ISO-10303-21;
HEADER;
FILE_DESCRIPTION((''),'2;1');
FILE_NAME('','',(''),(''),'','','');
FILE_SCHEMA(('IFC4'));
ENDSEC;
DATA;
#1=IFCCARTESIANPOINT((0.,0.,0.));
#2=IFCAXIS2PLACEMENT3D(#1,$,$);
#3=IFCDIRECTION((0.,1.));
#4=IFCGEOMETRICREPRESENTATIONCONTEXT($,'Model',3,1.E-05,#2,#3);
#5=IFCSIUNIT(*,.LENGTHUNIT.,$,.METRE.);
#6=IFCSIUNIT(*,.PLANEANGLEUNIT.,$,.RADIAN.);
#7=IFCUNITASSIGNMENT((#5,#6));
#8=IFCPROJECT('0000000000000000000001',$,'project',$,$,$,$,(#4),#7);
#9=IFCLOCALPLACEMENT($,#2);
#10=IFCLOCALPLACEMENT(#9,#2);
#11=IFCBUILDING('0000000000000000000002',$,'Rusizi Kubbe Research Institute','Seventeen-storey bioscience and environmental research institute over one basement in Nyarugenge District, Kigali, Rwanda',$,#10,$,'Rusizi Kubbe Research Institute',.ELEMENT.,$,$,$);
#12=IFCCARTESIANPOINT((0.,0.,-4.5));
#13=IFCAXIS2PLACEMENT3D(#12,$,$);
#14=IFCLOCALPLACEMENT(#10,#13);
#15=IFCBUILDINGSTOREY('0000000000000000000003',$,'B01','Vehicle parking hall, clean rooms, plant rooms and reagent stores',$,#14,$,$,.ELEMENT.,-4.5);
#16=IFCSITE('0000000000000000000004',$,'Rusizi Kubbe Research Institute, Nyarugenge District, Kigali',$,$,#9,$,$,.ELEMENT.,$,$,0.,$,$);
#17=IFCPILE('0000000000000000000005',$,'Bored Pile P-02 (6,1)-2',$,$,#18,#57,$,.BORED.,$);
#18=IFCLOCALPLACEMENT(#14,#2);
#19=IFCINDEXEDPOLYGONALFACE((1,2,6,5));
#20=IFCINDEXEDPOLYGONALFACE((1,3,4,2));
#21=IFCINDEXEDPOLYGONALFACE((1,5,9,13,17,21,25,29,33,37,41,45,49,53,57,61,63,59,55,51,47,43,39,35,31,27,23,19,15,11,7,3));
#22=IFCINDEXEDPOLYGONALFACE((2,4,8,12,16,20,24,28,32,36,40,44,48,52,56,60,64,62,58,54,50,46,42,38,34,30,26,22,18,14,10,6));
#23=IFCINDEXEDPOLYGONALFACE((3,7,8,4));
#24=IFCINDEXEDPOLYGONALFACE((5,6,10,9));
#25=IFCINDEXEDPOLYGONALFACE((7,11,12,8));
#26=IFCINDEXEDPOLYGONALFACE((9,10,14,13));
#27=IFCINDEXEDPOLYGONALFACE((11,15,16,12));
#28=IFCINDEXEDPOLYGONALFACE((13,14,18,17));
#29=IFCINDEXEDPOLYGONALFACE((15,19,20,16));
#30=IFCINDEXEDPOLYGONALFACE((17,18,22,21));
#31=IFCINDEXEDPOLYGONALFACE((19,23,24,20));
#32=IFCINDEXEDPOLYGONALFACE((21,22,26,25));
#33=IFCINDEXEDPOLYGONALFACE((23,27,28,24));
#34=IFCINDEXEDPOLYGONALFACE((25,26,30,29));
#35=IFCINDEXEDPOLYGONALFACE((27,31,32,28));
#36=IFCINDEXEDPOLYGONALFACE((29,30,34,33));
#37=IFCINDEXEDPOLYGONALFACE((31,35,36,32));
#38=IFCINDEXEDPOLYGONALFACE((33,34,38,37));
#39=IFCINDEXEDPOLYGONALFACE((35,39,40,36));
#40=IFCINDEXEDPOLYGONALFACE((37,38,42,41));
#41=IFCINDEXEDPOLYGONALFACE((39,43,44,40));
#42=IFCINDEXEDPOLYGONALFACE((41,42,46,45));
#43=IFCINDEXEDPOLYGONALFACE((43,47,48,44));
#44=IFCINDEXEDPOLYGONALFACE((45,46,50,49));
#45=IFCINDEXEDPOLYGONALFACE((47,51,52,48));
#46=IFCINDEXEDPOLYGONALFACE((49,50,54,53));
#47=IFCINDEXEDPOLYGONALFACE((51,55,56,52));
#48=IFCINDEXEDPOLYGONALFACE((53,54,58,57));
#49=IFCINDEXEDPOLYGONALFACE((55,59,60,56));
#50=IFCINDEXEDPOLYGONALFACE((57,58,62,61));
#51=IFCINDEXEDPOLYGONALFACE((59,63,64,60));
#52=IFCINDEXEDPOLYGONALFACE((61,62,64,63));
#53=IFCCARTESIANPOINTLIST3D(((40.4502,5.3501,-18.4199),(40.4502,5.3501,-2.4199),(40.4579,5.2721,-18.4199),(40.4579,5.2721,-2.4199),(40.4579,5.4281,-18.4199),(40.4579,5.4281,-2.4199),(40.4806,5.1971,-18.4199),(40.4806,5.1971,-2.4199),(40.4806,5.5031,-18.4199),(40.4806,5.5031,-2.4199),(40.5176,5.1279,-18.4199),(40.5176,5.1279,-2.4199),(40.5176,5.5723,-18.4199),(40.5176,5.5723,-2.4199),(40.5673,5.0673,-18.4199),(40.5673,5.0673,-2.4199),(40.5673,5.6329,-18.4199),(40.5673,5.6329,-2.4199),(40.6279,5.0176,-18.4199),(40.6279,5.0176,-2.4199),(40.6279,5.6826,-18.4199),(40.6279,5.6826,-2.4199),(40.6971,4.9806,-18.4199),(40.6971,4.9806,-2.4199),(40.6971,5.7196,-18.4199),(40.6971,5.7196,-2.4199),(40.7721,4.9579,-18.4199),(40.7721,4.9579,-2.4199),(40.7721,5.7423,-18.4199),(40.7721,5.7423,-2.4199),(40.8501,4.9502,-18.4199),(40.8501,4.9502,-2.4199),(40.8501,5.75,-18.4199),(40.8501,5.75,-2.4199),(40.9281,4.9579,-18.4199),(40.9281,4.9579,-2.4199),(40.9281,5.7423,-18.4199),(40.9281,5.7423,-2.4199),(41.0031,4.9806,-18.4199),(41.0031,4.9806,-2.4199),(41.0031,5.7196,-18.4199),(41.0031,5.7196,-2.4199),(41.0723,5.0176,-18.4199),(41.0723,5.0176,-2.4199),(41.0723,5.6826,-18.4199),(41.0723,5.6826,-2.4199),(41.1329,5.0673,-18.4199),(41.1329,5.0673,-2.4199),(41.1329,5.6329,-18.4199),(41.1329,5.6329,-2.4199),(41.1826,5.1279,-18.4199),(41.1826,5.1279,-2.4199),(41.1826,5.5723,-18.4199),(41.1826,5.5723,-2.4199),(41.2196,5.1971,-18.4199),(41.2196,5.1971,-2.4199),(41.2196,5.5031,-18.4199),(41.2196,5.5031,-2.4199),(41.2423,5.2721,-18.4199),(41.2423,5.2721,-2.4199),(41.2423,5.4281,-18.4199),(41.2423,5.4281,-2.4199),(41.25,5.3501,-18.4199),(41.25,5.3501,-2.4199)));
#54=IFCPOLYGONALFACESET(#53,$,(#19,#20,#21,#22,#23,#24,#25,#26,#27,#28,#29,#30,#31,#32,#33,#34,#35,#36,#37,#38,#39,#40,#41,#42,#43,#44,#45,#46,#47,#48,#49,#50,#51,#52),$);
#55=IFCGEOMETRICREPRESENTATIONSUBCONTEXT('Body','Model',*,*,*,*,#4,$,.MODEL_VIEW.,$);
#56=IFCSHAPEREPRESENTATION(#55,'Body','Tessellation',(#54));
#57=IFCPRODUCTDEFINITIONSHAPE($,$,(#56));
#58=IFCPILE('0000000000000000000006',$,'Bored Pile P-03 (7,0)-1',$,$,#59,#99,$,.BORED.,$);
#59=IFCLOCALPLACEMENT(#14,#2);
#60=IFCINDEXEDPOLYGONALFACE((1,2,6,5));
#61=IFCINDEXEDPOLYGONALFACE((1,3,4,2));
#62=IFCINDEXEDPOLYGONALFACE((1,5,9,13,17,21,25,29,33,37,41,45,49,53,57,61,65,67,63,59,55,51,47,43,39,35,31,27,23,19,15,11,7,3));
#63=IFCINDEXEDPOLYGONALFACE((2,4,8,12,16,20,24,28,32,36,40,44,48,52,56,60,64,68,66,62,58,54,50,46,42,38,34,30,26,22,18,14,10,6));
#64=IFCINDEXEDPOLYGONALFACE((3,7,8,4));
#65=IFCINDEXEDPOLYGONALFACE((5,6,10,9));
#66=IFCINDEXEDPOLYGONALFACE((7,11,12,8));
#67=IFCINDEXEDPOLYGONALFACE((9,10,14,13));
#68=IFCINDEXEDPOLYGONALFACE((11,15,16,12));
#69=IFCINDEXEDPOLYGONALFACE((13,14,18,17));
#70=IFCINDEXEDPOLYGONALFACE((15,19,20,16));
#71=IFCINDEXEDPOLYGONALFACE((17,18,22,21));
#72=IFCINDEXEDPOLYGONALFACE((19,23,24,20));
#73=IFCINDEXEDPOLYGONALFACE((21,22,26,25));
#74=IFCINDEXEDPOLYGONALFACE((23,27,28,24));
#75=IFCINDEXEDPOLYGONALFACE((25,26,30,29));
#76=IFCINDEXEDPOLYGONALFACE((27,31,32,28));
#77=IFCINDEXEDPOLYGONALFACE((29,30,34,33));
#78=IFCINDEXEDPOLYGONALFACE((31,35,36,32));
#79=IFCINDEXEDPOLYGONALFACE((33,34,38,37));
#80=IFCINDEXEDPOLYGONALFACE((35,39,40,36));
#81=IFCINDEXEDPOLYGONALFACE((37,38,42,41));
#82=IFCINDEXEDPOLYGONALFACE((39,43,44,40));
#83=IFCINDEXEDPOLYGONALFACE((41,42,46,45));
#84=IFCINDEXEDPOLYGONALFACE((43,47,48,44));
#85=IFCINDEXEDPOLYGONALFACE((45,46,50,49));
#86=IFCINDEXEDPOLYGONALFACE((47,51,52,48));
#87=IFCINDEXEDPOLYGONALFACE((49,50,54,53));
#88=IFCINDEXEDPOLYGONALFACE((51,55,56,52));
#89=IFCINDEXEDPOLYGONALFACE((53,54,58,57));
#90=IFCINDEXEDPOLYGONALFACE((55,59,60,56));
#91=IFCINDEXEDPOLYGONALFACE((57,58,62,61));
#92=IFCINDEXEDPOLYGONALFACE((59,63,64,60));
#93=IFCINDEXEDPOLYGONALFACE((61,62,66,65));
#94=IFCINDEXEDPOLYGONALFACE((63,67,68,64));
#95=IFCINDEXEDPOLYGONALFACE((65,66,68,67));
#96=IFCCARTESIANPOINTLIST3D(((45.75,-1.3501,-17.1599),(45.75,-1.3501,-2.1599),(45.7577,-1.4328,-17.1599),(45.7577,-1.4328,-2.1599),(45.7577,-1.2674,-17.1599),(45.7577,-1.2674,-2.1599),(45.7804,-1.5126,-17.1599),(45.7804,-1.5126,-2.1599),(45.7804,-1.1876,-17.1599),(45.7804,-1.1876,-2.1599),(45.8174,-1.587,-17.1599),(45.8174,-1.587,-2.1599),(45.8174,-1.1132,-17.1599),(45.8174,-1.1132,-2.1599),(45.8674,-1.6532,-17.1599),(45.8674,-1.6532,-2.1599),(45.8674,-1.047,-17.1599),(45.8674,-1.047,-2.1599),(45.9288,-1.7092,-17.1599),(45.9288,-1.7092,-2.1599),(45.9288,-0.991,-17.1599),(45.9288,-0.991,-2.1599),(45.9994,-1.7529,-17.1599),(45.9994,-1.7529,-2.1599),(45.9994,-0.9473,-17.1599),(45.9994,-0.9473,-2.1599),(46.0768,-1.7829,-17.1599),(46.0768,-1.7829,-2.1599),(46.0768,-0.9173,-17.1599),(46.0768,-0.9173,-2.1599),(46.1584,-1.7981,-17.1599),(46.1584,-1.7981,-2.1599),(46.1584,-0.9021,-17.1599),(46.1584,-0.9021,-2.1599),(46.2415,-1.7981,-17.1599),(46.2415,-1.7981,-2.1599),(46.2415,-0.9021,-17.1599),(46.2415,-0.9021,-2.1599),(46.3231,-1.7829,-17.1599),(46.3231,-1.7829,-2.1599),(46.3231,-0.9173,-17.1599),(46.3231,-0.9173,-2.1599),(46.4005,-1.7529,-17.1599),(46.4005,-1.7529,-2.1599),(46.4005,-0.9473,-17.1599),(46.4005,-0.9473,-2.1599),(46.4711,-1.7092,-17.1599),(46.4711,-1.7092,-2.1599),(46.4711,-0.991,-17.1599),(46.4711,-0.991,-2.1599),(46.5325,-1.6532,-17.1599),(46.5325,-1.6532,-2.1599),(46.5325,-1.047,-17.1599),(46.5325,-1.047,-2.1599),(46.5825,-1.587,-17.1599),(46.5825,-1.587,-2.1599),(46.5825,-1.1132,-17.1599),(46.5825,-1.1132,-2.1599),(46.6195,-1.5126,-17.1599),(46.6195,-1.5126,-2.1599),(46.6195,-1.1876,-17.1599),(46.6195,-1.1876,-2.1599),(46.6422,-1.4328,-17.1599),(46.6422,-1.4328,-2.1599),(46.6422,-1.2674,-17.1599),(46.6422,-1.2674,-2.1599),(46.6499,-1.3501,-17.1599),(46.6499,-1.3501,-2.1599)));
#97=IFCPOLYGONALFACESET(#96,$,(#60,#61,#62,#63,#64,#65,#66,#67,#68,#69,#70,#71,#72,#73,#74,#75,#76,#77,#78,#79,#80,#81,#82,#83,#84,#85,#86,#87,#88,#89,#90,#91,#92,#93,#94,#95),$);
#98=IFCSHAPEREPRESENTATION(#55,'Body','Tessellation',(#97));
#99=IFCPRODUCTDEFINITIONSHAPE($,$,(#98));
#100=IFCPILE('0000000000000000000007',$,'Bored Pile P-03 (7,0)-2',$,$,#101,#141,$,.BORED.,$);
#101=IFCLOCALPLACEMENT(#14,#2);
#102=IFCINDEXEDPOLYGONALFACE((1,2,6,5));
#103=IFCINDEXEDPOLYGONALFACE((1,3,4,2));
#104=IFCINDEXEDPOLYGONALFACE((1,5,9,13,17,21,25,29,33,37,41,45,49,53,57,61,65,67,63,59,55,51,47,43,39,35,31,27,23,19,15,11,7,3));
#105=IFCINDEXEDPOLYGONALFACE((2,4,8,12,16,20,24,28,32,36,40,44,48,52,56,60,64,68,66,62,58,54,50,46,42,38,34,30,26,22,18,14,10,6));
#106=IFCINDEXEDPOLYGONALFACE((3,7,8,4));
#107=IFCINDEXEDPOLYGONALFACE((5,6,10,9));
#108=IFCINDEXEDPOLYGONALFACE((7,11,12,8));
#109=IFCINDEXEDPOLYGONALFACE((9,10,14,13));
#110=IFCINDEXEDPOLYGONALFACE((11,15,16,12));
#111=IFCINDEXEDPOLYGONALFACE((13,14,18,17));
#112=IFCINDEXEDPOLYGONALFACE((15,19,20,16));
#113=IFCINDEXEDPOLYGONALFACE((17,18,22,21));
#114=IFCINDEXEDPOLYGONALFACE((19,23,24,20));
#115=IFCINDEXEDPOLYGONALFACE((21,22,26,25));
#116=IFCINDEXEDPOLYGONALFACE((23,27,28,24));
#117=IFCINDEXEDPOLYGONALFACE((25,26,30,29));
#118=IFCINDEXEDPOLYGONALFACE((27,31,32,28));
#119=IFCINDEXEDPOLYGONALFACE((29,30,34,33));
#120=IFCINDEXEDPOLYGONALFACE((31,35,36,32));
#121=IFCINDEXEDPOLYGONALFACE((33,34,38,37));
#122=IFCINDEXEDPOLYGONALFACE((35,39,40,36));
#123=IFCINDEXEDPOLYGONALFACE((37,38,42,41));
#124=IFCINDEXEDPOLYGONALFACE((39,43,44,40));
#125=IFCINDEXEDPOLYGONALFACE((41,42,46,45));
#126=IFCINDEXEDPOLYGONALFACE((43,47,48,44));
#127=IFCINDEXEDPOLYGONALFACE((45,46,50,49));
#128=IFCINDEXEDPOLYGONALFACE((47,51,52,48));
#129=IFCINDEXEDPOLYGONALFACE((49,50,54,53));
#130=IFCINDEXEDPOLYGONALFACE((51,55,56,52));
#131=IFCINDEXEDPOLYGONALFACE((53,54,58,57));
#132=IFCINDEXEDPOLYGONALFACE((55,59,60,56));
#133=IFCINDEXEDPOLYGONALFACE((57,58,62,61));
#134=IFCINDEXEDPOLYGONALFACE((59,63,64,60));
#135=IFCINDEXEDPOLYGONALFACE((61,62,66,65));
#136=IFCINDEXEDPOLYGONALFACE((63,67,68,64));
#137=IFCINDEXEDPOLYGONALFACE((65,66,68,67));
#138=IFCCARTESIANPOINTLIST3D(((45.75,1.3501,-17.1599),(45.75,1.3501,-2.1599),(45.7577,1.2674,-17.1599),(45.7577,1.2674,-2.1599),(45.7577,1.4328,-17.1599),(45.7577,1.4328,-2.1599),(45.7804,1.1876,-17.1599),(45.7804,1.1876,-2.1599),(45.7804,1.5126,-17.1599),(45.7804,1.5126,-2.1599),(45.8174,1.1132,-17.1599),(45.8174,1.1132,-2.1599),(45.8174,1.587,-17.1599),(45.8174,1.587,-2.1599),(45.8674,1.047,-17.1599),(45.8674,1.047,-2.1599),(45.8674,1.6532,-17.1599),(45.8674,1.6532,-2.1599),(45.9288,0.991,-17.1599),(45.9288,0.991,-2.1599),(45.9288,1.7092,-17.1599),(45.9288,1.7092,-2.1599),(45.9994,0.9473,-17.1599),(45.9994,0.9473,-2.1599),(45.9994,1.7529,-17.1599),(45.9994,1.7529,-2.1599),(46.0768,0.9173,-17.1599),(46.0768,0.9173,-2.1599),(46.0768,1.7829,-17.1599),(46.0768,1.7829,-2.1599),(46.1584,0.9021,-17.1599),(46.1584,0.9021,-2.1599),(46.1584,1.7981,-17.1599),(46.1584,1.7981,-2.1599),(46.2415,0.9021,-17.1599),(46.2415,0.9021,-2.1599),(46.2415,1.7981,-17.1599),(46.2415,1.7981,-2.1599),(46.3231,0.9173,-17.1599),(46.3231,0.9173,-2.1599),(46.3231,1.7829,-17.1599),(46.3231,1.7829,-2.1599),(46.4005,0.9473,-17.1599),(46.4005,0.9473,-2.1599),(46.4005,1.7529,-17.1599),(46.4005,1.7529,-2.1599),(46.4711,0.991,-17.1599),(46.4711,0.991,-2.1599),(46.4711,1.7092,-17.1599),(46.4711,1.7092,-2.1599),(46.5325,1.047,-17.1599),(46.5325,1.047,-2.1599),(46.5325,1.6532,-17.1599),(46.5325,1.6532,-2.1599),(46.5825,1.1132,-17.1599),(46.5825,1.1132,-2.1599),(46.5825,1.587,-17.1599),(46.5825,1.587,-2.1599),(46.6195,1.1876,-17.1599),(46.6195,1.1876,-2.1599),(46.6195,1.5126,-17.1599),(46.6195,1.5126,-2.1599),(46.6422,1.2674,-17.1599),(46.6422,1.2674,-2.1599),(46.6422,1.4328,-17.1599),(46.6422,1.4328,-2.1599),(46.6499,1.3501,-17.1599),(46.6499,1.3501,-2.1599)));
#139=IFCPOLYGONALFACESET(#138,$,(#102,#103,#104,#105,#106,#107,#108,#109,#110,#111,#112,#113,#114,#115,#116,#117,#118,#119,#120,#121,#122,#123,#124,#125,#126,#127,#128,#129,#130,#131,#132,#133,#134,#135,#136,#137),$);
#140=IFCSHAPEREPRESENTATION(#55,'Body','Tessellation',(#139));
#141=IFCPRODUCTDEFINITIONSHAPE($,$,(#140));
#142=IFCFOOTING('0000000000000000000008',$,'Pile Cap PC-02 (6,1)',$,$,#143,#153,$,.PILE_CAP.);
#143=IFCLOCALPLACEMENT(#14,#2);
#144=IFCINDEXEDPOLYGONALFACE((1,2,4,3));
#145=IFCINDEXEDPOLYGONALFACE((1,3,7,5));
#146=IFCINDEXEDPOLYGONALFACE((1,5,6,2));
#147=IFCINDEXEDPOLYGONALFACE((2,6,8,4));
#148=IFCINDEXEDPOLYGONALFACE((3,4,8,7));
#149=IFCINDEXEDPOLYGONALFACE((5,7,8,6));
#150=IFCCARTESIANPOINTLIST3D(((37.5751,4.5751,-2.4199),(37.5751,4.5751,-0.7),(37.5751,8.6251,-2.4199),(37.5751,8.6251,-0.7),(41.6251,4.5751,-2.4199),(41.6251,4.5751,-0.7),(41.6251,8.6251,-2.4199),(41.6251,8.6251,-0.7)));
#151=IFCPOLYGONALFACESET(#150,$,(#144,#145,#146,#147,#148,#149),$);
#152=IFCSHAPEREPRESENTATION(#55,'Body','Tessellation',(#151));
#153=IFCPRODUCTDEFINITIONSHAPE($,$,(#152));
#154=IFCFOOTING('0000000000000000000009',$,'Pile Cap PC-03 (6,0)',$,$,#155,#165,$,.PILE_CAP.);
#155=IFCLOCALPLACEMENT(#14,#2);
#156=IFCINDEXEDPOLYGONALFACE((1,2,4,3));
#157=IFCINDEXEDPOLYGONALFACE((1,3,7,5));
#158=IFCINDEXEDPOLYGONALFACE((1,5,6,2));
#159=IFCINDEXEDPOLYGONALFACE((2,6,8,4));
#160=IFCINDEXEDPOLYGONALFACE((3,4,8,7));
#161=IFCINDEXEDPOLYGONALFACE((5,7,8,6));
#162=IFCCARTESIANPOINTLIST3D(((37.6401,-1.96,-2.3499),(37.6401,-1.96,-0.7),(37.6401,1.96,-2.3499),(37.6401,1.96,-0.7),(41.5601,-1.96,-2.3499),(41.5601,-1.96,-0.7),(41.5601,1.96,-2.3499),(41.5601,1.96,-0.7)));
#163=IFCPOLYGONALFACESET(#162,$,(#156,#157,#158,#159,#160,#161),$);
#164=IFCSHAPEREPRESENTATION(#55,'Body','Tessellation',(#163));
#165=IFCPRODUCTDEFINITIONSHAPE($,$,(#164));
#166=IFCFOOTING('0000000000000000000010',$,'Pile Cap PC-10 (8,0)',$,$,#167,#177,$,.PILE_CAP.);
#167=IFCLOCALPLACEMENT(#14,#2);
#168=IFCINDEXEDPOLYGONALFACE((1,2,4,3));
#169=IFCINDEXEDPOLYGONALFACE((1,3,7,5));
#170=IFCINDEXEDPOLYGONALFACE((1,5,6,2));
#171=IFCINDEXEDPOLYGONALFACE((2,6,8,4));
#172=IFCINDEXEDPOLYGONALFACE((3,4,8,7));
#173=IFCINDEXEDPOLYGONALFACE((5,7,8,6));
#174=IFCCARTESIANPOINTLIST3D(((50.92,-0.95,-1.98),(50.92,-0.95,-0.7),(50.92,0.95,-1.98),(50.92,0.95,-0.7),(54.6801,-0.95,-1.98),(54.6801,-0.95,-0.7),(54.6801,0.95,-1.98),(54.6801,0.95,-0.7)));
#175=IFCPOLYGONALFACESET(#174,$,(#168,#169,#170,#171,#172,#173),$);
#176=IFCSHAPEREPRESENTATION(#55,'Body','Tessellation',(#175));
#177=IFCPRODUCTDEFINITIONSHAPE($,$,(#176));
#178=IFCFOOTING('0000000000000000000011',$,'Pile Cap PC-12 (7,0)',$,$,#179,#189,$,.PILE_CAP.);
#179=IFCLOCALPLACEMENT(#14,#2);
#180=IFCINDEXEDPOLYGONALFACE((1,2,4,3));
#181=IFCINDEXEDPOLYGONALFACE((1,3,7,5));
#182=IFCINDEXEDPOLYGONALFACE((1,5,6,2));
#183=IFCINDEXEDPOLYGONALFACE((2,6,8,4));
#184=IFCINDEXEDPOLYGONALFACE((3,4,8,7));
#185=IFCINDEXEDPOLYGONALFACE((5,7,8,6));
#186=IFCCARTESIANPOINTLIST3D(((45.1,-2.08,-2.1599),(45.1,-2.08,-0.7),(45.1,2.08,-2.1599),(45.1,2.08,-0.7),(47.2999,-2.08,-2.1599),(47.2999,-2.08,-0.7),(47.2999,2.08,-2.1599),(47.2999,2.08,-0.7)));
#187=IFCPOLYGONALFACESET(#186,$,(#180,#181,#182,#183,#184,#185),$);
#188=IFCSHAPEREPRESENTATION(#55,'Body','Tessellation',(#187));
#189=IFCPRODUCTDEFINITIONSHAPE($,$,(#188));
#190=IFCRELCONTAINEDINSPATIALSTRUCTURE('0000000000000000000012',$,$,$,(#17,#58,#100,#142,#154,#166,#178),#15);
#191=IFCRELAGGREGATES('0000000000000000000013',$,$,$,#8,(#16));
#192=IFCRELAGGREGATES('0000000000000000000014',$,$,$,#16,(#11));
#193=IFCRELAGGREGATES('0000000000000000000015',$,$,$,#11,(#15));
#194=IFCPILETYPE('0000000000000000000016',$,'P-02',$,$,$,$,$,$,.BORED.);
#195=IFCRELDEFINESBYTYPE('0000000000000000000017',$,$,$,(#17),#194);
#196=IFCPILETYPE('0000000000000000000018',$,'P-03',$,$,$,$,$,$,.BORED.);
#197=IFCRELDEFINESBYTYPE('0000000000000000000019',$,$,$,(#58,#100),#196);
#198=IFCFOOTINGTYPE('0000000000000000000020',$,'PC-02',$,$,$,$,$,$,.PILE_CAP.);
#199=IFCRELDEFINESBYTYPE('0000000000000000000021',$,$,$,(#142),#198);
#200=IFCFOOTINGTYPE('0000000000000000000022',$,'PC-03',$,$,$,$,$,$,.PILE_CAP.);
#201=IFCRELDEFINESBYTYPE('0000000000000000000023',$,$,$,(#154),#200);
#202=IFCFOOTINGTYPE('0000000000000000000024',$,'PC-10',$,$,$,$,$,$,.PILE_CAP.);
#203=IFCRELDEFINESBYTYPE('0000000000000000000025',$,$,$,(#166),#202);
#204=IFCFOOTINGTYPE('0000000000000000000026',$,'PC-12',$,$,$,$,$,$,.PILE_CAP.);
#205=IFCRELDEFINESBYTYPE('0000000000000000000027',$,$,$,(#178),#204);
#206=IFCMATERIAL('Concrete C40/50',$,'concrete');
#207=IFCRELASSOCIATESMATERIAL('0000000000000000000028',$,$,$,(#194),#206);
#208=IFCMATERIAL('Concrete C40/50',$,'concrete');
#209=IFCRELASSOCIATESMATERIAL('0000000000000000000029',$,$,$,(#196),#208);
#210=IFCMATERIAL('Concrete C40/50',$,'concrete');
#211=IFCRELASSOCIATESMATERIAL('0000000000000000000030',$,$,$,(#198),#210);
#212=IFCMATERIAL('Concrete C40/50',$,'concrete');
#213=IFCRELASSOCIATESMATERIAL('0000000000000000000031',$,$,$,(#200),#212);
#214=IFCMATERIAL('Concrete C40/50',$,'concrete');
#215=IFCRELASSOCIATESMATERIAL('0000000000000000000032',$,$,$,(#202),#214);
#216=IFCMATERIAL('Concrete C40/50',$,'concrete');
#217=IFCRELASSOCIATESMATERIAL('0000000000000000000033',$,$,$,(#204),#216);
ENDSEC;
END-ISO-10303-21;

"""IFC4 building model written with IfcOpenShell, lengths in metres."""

from ifc_helpers import new_model, si_unit, direction, frame, origin, origin_2d, place, context, subcontext, project, spatial, rectangle, circle, extrude, material, material_profile, profile_set, type_object, element, save


model = new_model("IFC4")

# Units and contexts
model_context = context("Model", 3, precision=1e-05, world=origin(), true_north=direction((0.0, 1.0)))
body_context = subcontext(model_context, "Body", "Model", "MODEL_VIEW")
ifc_project = project(units=[si_unit("LENGTHUNIT", "METRE"), si_unit("PLANEANGLEUNIT", "RADIAN")], contexts=[model_context])

# Site, building, storey
site_placement = place(None, origin())
site = spatial("IfcSite", under=ifc_project, at=site_placement, Name="Rusizi Kubbe Research Institute, Nyarugenge District, Kigali", CompositionType="ELEMENT", RefElevation=0.0)
building_placement = place(site_placement, origin())
building = spatial("IfcBuilding", under=site, at=building_placement, Name="Rusizi Kubbe Research Institute", Description="Seventeen-storey bioscience and environmental research institute over one basement in Nyarugenge District, Kigali, Rwanda", LongName="Rusizi Kubbe Research Institute", CompositionType="ELEMENT")
storey_placement = place(building_placement, frame((0.0, 0.0, -4.5)))
storey = spatial("IfcBuildingStorey", under=building, at=storey_placement, Name="B01", Description="Vehicle parking hall, clean rooms, plant rooms and reagent stores", CompositionType="ELEMENT", Elevation=-4.5)

# Piles
ifc_material_1 = material(Name="Concrete C40/50", Category="concrete")
ifc_material_profile_1 = material_profile(ifc_material_1, circle(Radius=0.3999, at=origin_2d()), Name="PILE-D800")
ifc_profile_set_1 = profile_set([ifc_material_profile_1], Name="Concrete C40/50")
pile_type_1 = type_object("IfcPileType", Name="P-02", PredefinedType="BORED", material=ifc_profile_set_1)
pile_placement = place(storey_placement, frame((40.8501, 5.3501, -2.4199), z_axis=(0.0, 0.0, -1.0), x_axis=(1.0, 0.0, 0.0)))
element("IfcPile", 1, at=pile_placement, inside=storey, type_object=pile_type_1, Name="Bored Pile P-02 (6,1)-2", PredefinedType="BORED", context=body_context, shape_type="SweptSolid", body=[
    extrude(circle(Radius=0.3999, at=origin_2d()), origin(), (0.0, 0.0, 1.0), 16.0),
])
ifc_material_2 = material(Name="Concrete C40/50", Category="concrete")
ifc_material_profile_2 = material_profile(ifc_material_2, circle(Radius=0.45, at=origin_2d()), Name="PILE-D900")
ifc_profile_set_2 = profile_set([ifc_material_profile_2], Name="Concrete C40/50")
pile_type_2 = type_object("IfcPileType", Name="P-03", PredefinedType="BORED", material=ifc_profile_set_2)
for number, where, z_axis, x_axis, name in (
    (2, (46.2, -1.3501, -2.1599), (0.0, 0.0, -1.0), (1.0, 0.0, 0.0), "Bored Pile P-03 (7,0)-1"),
    (3, (46.2, 1.3501, -2.1599), (0.0, 0.0, -1.0), (1.0, 0.0, 0.0), "Bored Pile P-03 (7,0)-2"),
):
    element("IfcPile", number, at=place(storey_placement, frame(where, z_axis=z_axis, x_axis=x_axis)), inside=storey, type_object=pile_type_2, Name=name, PredefinedType="BORED", context=body_context, shape_type="SweptSolid", body=[
        extrude(circle(Radius=0.45, at=origin_2d()), origin(), (0.0, 0.0, 1.0), 15.0),
    ])

# Footings
ifc_material_3 = material(Name="Concrete C40/50", Category="concrete")
footing_type_1 = type_object("IfcFootingType", Name="PC-02", PredefinedType="PILE_CAP", material=ifc_material_3)
footing_1_placement = place(storey_placement, frame((39.6001, 6.6001, -2.4199), z_axis=(0.0, 0.0, 1.0), x_axis=(1.0, 0.0, 0.0)))
element("IfcFooting", 4, at=footing_1_placement, inside=storey, type_object=footing_type_1, Name="Pile Cap PC-02 (6,1)", PredefinedType="PILE_CAP", context=body_context, shape_type="SweptSolid", body=[
    extrude(rectangle(XDim=4.05, YDim=4.05, at=origin_2d()), origin(), (0.0, 0.0, 1.0), 1.72),
])
ifc_material_4 = material(Name="Concrete C40/50", Category="concrete")
footing_type_2 = type_object("IfcFootingType", Name="PC-03", PredefinedType="PILE_CAP", material=ifc_material_4)
footing_2_placement = place(storey_placement, frame((39.6001, 0.0, -2.3499), z_axis=(0.0, 0.0, 1.0), x_axis=(1.0, 0.0, 0.0)))
element("IfcFooting", 5, at=footing_2_placement, inside=storey, type_object=footing_type_2, Name="Pile Cap PC-03 (6,0)", PredefinedType="PILE_CAP", context=body_context, shape_type="SweptSolid", body=[
    extrude(rectangle(XDim=3.9199, YDim=3.9199, at=origin_2d()), origin(), (0.0, 0.0, 1.0), 1.6499),
])
ifc_material_5 = material(Name="Concrete C40/50", Category="concrete")
footing_type_3 = type_object("IfcFootingType", Name="PC-10", PredefinedType="PILE_CAP", material=ifc_material_5)
footing_3_placement = place(storey_placement, frame((52.8, 0.0, -1.98), z_axis=(0.0, 0.0, 1.0), x_axis=(1.0, 0.0, 0.0)))
element("IfcFooting", 6, at=footing_3_placement, inside=storey, type_object=footing_type_3, Name="Pile Cap PC-10 (8,0)", PredefinedType="PILE_CAP", context=body_context, shape_type="SweptSolid", body=[
    extrude(rectangle(XDim=3.76, YDim=1.8999, at=origin_2d()), origin(), (0.0, 0.0, 1.0), 1.28),
])
ifc_material_6 = material(Name="Concrete C40/50", Category="concrete")
footing_type_4 = type_object("IfcFootingType", Name="PC-12", PredefinedType="PILE_CAP", material=ifc_material_6)
footing_4_placement = place(storey_placement, frame((46.2, 0.0, -2.1599), z_axis=(0.0, 0.0, 1.0), x_axis=(1.0, 0.0, 0.0)))
element("IfcFooting", 7, at=footing_4_placement, inside=storey, type_object=footing_type_4, Name="Pile Cap PC-12 (7,0)", PredefinedType="PILE_CAP", context=body_context, shape_type="SweptSolid", body=[
    extrude(rectangle(XDim=2.2, YDim=4.1599, at=origin_2d()), origin(), (0.0, 0.0, 1.0), 1.46),
])

save(model, "model.ifc")
